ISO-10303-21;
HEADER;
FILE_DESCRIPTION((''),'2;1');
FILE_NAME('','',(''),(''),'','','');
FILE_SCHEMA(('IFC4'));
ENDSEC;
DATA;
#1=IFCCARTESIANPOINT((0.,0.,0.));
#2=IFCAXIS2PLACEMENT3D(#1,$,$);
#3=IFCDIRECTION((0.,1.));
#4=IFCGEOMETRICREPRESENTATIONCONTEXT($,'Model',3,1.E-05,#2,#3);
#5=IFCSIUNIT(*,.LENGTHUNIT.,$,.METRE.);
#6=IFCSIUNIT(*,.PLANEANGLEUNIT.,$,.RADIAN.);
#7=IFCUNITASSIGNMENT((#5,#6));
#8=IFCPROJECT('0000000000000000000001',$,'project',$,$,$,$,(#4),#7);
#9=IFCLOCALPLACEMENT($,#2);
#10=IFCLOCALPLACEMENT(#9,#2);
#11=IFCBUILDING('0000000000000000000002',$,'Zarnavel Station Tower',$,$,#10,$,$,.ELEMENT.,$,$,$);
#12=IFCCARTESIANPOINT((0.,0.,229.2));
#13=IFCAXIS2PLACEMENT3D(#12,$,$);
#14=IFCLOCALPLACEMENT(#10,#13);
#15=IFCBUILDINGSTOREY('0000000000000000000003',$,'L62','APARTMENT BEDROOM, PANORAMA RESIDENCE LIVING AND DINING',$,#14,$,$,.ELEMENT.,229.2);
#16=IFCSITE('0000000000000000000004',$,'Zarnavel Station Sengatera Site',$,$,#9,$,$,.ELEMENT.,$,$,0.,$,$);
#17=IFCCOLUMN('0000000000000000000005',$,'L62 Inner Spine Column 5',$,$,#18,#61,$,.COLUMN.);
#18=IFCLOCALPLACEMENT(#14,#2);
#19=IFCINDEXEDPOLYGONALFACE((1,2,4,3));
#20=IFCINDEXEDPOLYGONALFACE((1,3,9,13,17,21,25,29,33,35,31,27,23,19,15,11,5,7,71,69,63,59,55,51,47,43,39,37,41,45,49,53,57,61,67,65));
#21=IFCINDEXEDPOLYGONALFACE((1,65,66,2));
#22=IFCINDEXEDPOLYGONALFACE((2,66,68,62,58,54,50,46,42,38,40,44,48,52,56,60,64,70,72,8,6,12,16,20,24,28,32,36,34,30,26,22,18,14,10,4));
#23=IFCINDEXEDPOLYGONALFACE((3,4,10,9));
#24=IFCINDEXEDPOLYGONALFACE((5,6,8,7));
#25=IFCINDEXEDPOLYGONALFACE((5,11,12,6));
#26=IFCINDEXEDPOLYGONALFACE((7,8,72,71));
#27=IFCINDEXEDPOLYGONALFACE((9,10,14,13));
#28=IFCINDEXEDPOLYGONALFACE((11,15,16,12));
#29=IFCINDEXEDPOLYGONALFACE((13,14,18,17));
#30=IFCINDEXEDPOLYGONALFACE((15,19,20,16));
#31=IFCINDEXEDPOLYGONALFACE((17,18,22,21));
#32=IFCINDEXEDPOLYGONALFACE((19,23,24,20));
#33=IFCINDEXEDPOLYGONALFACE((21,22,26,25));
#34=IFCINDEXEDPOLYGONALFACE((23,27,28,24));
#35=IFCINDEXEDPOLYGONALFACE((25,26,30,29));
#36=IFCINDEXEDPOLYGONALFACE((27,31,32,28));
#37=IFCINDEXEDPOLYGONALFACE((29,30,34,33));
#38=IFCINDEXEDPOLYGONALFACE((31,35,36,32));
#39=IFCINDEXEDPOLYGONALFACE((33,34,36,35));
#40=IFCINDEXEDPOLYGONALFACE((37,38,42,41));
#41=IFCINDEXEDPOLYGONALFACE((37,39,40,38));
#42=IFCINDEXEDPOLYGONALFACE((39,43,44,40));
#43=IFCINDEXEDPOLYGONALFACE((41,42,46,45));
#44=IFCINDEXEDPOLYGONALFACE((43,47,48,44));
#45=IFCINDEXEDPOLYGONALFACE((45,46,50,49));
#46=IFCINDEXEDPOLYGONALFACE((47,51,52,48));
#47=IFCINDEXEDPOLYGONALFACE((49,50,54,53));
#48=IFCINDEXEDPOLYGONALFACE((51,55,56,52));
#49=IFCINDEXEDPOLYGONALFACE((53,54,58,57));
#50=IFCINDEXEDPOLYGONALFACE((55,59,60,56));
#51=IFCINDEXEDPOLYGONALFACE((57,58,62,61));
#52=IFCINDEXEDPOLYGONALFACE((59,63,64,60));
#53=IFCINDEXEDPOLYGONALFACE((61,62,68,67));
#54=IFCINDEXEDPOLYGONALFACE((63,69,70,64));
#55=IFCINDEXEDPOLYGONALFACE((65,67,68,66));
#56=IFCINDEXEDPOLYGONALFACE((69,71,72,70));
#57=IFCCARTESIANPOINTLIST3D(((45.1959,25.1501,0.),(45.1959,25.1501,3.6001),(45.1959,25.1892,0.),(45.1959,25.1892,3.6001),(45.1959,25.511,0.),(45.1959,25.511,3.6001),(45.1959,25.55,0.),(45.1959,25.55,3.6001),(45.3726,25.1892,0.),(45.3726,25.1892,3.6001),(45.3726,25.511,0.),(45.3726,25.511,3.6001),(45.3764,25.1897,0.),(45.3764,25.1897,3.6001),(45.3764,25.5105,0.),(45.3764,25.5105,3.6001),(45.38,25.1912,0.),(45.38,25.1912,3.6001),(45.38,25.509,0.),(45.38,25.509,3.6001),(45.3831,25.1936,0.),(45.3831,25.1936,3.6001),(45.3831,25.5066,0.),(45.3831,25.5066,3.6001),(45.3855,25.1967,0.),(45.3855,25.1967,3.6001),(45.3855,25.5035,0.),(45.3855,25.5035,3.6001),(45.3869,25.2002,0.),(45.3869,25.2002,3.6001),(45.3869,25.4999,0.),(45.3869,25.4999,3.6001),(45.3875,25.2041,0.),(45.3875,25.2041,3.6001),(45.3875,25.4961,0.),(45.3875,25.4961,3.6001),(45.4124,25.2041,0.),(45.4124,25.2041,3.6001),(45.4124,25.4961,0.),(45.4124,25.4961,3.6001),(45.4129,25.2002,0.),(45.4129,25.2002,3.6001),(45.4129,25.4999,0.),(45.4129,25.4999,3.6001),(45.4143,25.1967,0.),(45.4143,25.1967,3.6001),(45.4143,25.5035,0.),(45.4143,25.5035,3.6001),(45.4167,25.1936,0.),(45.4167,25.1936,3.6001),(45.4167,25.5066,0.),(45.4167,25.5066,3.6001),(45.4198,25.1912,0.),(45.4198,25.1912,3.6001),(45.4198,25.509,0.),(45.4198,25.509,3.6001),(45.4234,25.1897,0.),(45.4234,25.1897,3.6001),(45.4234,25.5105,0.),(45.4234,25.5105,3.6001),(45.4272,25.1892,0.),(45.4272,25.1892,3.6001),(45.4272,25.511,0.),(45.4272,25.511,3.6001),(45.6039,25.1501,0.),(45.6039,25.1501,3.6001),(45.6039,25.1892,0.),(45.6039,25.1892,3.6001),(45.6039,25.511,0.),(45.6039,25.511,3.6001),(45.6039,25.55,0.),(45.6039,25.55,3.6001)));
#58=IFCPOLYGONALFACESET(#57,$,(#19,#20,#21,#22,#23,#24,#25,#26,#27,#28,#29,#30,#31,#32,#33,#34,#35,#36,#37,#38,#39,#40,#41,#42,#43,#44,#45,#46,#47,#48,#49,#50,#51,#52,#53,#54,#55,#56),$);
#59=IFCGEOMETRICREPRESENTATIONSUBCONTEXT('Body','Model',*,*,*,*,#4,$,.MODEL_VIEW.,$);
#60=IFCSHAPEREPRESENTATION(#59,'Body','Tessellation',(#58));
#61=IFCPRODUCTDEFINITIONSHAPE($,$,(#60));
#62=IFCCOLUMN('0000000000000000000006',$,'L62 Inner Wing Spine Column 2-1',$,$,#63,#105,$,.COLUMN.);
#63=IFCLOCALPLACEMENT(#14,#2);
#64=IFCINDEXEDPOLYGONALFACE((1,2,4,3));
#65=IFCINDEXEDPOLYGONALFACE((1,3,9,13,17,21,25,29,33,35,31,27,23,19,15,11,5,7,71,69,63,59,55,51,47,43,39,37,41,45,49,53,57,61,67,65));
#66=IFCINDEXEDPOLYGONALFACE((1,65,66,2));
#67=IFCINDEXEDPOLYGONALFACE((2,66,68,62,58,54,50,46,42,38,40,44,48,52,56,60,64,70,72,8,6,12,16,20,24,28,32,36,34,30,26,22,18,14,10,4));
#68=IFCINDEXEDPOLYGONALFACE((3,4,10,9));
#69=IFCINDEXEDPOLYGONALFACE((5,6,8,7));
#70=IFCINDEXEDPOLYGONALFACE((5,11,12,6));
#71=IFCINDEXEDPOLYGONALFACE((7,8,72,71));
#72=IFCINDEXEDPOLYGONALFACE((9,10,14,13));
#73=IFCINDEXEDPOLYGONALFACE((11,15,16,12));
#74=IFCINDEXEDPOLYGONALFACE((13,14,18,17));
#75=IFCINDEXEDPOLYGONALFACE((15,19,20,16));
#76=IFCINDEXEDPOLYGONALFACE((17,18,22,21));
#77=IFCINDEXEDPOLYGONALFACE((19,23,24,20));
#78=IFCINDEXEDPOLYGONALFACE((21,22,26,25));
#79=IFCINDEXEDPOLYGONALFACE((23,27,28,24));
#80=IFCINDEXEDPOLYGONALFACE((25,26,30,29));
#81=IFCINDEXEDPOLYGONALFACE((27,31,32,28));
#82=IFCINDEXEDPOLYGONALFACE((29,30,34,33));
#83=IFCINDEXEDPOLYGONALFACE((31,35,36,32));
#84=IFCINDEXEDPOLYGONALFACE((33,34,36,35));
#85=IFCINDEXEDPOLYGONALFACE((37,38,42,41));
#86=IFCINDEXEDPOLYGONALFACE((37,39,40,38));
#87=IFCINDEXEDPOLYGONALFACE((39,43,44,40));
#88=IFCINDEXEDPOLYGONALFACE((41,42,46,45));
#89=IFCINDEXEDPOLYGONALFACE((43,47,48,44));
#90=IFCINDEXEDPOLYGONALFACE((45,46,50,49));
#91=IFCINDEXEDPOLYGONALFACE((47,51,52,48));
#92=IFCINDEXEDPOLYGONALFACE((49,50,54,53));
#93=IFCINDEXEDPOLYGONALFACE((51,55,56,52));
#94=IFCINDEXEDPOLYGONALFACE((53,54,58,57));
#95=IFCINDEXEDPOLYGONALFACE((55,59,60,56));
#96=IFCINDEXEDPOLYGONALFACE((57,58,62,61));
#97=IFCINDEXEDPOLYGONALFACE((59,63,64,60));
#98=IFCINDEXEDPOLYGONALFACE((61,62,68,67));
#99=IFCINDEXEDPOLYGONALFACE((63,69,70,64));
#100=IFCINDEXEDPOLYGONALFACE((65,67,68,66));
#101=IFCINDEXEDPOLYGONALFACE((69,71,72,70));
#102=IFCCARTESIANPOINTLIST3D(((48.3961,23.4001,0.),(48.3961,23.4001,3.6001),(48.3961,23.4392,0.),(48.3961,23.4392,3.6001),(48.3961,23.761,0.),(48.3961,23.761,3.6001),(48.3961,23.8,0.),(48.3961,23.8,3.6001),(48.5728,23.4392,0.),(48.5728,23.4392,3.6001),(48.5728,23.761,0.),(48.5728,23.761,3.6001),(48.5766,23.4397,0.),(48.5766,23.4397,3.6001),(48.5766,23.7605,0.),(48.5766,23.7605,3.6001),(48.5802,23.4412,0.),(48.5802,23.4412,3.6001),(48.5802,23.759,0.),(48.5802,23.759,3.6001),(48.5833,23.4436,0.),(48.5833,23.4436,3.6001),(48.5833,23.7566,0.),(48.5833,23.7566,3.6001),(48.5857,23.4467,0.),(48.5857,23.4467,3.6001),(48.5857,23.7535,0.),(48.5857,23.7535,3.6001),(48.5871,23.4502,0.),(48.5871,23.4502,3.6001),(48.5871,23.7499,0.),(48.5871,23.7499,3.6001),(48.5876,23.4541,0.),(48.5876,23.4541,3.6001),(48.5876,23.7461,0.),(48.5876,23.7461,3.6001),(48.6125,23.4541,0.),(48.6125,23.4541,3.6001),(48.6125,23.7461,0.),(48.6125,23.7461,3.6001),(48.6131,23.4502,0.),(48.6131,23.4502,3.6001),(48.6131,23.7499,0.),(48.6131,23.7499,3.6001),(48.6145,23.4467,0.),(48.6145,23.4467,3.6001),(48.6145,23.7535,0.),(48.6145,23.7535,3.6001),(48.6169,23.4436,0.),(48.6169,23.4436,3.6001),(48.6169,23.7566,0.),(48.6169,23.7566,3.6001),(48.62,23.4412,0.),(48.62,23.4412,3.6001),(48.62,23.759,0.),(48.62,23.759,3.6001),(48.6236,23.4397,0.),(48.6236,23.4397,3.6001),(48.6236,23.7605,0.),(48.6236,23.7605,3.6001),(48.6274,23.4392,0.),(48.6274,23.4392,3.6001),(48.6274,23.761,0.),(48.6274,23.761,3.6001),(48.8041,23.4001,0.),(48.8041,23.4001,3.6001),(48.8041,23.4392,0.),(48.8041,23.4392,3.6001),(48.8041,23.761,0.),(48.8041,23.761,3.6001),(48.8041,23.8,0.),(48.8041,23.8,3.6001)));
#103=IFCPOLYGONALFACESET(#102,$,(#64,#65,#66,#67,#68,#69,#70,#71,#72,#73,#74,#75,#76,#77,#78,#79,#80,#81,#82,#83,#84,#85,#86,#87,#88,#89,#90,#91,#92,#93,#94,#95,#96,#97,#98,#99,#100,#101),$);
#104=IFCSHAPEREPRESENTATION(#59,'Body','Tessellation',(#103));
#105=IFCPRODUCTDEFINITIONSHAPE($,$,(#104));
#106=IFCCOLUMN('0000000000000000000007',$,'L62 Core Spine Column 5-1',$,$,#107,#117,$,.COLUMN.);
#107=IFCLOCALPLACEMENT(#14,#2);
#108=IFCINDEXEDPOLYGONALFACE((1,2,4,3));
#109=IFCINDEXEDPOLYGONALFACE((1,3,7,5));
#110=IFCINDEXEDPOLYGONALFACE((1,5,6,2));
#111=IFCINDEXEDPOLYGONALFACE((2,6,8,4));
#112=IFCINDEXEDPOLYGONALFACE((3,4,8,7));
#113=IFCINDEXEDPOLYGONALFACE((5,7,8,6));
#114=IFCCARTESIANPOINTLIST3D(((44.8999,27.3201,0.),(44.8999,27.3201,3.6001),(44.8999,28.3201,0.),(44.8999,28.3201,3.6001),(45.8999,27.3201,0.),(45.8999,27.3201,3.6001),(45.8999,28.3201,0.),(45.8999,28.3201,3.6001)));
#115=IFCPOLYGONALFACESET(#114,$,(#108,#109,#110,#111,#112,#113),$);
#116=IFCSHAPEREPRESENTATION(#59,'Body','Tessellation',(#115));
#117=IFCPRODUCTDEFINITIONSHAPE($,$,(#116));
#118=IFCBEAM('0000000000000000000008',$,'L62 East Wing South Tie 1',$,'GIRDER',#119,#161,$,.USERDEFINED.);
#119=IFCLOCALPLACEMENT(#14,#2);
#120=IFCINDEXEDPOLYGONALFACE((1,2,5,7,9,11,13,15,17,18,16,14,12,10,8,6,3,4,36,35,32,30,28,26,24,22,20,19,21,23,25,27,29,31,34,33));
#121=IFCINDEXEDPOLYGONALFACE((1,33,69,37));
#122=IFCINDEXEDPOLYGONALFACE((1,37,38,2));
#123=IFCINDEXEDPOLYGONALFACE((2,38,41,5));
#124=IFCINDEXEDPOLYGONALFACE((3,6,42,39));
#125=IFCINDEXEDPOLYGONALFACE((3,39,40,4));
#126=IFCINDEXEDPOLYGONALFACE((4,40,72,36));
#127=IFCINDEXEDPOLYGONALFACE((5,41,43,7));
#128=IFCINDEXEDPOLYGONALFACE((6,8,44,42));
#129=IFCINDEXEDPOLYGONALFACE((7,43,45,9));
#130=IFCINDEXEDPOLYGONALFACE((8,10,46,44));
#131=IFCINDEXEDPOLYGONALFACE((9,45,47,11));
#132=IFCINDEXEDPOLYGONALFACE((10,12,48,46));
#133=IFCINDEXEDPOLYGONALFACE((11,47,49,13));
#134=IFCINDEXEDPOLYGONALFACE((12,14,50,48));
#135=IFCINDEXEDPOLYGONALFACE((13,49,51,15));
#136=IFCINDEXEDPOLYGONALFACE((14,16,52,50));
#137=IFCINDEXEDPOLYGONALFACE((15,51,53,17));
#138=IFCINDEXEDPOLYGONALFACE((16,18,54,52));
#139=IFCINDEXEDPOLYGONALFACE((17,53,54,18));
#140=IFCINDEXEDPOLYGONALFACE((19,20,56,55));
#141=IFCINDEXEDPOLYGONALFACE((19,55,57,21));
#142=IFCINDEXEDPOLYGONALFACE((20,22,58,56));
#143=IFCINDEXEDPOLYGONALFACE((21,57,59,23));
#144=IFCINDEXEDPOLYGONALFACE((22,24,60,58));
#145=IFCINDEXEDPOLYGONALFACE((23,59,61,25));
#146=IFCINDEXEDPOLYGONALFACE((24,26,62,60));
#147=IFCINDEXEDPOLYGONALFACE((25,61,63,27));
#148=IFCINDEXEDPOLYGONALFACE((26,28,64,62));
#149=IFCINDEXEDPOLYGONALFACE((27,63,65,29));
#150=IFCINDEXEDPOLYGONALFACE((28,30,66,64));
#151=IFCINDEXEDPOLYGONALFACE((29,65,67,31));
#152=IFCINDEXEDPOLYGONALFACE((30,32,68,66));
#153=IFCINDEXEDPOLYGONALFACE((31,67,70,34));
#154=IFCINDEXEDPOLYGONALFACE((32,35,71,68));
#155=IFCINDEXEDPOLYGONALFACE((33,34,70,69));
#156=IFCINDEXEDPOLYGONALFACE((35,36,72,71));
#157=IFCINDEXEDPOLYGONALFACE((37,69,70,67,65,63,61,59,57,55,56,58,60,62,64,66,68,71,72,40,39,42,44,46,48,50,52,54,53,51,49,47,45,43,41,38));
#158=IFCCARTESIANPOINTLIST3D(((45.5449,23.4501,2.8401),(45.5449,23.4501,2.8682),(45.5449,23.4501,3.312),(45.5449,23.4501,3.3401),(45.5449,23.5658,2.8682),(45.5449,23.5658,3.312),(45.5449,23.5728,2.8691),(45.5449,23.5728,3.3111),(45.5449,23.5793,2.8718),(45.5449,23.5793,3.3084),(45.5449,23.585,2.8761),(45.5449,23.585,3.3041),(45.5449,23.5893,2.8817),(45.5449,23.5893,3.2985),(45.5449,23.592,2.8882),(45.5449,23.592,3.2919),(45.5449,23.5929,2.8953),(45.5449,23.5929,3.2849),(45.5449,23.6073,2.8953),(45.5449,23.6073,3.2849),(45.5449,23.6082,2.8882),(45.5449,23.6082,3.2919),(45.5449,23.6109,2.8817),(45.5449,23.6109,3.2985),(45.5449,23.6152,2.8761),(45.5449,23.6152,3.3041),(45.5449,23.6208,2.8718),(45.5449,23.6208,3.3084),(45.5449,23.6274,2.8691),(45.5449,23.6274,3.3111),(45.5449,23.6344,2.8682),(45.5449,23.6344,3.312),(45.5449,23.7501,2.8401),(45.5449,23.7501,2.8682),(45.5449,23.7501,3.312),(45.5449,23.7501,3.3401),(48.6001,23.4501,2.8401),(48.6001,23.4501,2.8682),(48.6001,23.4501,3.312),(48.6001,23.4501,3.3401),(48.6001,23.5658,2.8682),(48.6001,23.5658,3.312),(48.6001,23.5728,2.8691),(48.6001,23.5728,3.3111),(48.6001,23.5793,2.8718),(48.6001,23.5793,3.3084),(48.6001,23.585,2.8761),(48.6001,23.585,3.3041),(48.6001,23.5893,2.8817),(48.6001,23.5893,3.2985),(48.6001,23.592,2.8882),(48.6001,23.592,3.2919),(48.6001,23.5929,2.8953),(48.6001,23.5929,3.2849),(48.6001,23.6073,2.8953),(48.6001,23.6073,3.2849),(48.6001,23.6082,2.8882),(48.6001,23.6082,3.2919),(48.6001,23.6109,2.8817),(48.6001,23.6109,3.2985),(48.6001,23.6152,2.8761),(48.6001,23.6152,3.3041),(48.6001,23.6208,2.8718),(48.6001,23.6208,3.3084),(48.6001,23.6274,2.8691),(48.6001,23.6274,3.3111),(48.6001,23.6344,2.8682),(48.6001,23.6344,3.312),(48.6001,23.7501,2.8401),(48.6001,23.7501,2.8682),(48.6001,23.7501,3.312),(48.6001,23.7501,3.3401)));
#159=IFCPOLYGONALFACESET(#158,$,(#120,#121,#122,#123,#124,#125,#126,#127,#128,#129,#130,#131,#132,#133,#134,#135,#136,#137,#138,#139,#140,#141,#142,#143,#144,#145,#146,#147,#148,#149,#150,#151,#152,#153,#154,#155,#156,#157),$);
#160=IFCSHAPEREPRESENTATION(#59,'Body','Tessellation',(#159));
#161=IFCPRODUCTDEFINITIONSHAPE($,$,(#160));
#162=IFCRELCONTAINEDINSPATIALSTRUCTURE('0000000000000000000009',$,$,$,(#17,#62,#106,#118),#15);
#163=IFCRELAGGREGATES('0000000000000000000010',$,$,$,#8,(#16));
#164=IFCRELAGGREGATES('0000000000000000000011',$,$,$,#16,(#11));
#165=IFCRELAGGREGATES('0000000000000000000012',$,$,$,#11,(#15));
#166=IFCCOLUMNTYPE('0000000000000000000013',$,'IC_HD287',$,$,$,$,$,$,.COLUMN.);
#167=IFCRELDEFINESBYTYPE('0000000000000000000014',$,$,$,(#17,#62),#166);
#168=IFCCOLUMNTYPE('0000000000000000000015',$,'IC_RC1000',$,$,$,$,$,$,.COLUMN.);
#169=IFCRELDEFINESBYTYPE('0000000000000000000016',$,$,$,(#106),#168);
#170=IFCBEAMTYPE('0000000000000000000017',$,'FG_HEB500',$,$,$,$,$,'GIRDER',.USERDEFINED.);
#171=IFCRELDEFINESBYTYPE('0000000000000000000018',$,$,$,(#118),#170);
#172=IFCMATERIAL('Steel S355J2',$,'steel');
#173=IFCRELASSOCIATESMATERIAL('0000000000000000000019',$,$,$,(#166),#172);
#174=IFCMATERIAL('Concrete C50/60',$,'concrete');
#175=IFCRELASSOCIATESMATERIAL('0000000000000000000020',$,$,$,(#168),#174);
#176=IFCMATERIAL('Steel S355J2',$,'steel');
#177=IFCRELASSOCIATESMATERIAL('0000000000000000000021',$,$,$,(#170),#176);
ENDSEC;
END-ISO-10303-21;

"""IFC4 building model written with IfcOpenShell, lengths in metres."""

from ifc_helpers import new_model, si_unit, direction, frame, origin, origin_2d, place, context, subcontext, project, spatial, rectangle, i_section, extrude, material, material_profile, profile_set, type_object, element, save


model = new_model("IFC4")

# Units and contexts
model_context = context("Model", 3, precision=1e-05, world=origin(), true_north=direction((0.0, 1.0)))
body_context = subcontext(model_context, "Body", "Model", "MODEL_VIEW")
ifc_project = project(units=[si_unit("LENGTHUNIT", "METRE"), si_unit("PLANEANGLEUNIT", "RADIAN")], contexts=[model_context])

# Site, building, storey
site_placement = place(None, origin())
site = spatial("IfcSite", under=ifc_project, at=site_placement, Name="Zarnavel Station Sengatera Site", CompositionType="ELEMENT", RefElevation=0.0)
building_placement = place(site_placement, origin())
building = spatial("IfcBuilding", under=site, at=building_placement, Name="Zarnavel Station Tower", CompositionType="ELEMENT")
storey_placement = place(building_placement, frame((0.0, 0.0, 229.2)))
storey = spatial("IfcBuildingStorey", under=building, at=storey_placement, Name="L62", Description="APARTMENT BEDROOM, PANORAMA RESIDENCE LIVING AND DINING", CompositionType="ELEMENT", Elevation=229.2)

# Columns
ifc_material_1 = material(Name="Steel S355J2", Category="steel")
ifc_material_profile_1 = material_profile(ifc_material_1, i_section(OverallWidth=0.408, OverallDepth=0.3999, WebThickness=0.0249, FlangeThickness=0.0391, FilletRadius=0.0149, at=origin_2d()), Name="HD400x287")
ifc_profile_set_1 = profile_set([ifc_material_profile_1], Name="Steel S355J2")
column_type_1 = type_object("IfcColumnType", Name="IC_HD287", PredefinedType="COLUMN", material=ifc_profile_set_1)
for number, where, z_axis, x_axis, name in (
    (1, (45.3999, 25.3501, 0.0), (0.0, 0.0, 1.0), (1.0, 0.0, 0.0), "L62 Inner Spine Column 5"),
    (2, (48.6001, 23.6001, 0.0), (0.0, 0.0, 1.0), (1.0, 0.0, 0.0), "L62 Inner Wing Spine Column 2-1"),
):
    element("IfcColumn", number, at=place(storey_placement, frame(where, z_axis=z_axis, x_axis=x_axis)), inside=storey, type_object=column_type_1, Name=name, PredefinedType="COLUMN", context=body_context, shape_type="SweptSolid", body=[
        extrude(i_section(OverallWidth=0.408, OverallDepth=0.3999, WebThickness=0.0249, FlangeThickness=0.0391, FilletRadius=0.0149, at=origin_2d()), origin(), (0.0, 0.0, 1.0), 3.6001),
    ])
ifc_material_2 = material(Name="Concrete C50/60", Category="concrete")
ifc_material_profile_2 = material_profile(ifc_material_2, rectangle(XDim=1.0, YDim=1.0, at=origin_2d()), Name="RC1000x1000")
ifc_profile_set_2 = profile_set([ifc_material_profile_2], Name="Concrete C50/60")
column_type_2 = type_object("IfcColumnType", Name="IC_RC1000", PredefinedType="COLUMN", material=ifc_profile_set_2)
column_placement = place(storey_placement, frame((45.3999, 27.8201, 0.0), z_axis=(0.0, 0.0, 1.0), x_axis=(1.0, 0.0, 0.0)))
element("IfcColumn", 3, at=column_placement, inside=storey, type_object=column_type_2, Name="L62 Core Spine Column 5-1", PredefinedType="COLUMN", context=body_context, shape_type="SweptSolid", body=[
    extrude(rectangle(XDim=1.0, YDim=1.0, at=origin_2d()), origin(), (0.0, 0.0, 1.0), 3.6001),
])

# Beam
ifc_material_3 = material(Name="Steel S355J2", Category="steel")
ifc_material_profile_3 = material_profile(ifc_material_3, i_section(OverallWidth=0.3, OverallDepth=0.5, WebThickness=0.0144, FlangeThickness=0.0281, FilletRadius=0.0271, at=origin_2d()), Name="HEB500")
ifc_profile_set_3 = profile_set([ifc_material_profile_3], Name="Steel S355J2")
beam_type_1 = type_object("IfcBeamType", Name="FG_HEB500", ElementType="GIRDER", PredefinedType="USERDEFINED", material=ifc_profile_set_3)
beam_1_placement = place(storey_placement, frame((45.5449, 23.6001, 3.0901), z_axis=(1.0, 0.0, 0.0), x_axis=(0.0, 1.0, 0.0)))
element("IfcBeam", 4, at=beam_1_placement, inside=storey, type_object=beam_type_1, Name="L62 East Wing South Tie 1", ObjectType="GIRDER", PredefinedType="USERDEFINED", context=body_context, shape_type="SweptSolid", body=[
    extrude(i_section(OverallWidth=0.3, OverallDepth=0.5, WebThickness=0.0144, FlangeThickness=0.0281, FilletRadius=0.0271, at=origin_2d()), origin(), (0.0, 0.0, 1.0), 3.0552),
])

save(model, "model.ifc")
